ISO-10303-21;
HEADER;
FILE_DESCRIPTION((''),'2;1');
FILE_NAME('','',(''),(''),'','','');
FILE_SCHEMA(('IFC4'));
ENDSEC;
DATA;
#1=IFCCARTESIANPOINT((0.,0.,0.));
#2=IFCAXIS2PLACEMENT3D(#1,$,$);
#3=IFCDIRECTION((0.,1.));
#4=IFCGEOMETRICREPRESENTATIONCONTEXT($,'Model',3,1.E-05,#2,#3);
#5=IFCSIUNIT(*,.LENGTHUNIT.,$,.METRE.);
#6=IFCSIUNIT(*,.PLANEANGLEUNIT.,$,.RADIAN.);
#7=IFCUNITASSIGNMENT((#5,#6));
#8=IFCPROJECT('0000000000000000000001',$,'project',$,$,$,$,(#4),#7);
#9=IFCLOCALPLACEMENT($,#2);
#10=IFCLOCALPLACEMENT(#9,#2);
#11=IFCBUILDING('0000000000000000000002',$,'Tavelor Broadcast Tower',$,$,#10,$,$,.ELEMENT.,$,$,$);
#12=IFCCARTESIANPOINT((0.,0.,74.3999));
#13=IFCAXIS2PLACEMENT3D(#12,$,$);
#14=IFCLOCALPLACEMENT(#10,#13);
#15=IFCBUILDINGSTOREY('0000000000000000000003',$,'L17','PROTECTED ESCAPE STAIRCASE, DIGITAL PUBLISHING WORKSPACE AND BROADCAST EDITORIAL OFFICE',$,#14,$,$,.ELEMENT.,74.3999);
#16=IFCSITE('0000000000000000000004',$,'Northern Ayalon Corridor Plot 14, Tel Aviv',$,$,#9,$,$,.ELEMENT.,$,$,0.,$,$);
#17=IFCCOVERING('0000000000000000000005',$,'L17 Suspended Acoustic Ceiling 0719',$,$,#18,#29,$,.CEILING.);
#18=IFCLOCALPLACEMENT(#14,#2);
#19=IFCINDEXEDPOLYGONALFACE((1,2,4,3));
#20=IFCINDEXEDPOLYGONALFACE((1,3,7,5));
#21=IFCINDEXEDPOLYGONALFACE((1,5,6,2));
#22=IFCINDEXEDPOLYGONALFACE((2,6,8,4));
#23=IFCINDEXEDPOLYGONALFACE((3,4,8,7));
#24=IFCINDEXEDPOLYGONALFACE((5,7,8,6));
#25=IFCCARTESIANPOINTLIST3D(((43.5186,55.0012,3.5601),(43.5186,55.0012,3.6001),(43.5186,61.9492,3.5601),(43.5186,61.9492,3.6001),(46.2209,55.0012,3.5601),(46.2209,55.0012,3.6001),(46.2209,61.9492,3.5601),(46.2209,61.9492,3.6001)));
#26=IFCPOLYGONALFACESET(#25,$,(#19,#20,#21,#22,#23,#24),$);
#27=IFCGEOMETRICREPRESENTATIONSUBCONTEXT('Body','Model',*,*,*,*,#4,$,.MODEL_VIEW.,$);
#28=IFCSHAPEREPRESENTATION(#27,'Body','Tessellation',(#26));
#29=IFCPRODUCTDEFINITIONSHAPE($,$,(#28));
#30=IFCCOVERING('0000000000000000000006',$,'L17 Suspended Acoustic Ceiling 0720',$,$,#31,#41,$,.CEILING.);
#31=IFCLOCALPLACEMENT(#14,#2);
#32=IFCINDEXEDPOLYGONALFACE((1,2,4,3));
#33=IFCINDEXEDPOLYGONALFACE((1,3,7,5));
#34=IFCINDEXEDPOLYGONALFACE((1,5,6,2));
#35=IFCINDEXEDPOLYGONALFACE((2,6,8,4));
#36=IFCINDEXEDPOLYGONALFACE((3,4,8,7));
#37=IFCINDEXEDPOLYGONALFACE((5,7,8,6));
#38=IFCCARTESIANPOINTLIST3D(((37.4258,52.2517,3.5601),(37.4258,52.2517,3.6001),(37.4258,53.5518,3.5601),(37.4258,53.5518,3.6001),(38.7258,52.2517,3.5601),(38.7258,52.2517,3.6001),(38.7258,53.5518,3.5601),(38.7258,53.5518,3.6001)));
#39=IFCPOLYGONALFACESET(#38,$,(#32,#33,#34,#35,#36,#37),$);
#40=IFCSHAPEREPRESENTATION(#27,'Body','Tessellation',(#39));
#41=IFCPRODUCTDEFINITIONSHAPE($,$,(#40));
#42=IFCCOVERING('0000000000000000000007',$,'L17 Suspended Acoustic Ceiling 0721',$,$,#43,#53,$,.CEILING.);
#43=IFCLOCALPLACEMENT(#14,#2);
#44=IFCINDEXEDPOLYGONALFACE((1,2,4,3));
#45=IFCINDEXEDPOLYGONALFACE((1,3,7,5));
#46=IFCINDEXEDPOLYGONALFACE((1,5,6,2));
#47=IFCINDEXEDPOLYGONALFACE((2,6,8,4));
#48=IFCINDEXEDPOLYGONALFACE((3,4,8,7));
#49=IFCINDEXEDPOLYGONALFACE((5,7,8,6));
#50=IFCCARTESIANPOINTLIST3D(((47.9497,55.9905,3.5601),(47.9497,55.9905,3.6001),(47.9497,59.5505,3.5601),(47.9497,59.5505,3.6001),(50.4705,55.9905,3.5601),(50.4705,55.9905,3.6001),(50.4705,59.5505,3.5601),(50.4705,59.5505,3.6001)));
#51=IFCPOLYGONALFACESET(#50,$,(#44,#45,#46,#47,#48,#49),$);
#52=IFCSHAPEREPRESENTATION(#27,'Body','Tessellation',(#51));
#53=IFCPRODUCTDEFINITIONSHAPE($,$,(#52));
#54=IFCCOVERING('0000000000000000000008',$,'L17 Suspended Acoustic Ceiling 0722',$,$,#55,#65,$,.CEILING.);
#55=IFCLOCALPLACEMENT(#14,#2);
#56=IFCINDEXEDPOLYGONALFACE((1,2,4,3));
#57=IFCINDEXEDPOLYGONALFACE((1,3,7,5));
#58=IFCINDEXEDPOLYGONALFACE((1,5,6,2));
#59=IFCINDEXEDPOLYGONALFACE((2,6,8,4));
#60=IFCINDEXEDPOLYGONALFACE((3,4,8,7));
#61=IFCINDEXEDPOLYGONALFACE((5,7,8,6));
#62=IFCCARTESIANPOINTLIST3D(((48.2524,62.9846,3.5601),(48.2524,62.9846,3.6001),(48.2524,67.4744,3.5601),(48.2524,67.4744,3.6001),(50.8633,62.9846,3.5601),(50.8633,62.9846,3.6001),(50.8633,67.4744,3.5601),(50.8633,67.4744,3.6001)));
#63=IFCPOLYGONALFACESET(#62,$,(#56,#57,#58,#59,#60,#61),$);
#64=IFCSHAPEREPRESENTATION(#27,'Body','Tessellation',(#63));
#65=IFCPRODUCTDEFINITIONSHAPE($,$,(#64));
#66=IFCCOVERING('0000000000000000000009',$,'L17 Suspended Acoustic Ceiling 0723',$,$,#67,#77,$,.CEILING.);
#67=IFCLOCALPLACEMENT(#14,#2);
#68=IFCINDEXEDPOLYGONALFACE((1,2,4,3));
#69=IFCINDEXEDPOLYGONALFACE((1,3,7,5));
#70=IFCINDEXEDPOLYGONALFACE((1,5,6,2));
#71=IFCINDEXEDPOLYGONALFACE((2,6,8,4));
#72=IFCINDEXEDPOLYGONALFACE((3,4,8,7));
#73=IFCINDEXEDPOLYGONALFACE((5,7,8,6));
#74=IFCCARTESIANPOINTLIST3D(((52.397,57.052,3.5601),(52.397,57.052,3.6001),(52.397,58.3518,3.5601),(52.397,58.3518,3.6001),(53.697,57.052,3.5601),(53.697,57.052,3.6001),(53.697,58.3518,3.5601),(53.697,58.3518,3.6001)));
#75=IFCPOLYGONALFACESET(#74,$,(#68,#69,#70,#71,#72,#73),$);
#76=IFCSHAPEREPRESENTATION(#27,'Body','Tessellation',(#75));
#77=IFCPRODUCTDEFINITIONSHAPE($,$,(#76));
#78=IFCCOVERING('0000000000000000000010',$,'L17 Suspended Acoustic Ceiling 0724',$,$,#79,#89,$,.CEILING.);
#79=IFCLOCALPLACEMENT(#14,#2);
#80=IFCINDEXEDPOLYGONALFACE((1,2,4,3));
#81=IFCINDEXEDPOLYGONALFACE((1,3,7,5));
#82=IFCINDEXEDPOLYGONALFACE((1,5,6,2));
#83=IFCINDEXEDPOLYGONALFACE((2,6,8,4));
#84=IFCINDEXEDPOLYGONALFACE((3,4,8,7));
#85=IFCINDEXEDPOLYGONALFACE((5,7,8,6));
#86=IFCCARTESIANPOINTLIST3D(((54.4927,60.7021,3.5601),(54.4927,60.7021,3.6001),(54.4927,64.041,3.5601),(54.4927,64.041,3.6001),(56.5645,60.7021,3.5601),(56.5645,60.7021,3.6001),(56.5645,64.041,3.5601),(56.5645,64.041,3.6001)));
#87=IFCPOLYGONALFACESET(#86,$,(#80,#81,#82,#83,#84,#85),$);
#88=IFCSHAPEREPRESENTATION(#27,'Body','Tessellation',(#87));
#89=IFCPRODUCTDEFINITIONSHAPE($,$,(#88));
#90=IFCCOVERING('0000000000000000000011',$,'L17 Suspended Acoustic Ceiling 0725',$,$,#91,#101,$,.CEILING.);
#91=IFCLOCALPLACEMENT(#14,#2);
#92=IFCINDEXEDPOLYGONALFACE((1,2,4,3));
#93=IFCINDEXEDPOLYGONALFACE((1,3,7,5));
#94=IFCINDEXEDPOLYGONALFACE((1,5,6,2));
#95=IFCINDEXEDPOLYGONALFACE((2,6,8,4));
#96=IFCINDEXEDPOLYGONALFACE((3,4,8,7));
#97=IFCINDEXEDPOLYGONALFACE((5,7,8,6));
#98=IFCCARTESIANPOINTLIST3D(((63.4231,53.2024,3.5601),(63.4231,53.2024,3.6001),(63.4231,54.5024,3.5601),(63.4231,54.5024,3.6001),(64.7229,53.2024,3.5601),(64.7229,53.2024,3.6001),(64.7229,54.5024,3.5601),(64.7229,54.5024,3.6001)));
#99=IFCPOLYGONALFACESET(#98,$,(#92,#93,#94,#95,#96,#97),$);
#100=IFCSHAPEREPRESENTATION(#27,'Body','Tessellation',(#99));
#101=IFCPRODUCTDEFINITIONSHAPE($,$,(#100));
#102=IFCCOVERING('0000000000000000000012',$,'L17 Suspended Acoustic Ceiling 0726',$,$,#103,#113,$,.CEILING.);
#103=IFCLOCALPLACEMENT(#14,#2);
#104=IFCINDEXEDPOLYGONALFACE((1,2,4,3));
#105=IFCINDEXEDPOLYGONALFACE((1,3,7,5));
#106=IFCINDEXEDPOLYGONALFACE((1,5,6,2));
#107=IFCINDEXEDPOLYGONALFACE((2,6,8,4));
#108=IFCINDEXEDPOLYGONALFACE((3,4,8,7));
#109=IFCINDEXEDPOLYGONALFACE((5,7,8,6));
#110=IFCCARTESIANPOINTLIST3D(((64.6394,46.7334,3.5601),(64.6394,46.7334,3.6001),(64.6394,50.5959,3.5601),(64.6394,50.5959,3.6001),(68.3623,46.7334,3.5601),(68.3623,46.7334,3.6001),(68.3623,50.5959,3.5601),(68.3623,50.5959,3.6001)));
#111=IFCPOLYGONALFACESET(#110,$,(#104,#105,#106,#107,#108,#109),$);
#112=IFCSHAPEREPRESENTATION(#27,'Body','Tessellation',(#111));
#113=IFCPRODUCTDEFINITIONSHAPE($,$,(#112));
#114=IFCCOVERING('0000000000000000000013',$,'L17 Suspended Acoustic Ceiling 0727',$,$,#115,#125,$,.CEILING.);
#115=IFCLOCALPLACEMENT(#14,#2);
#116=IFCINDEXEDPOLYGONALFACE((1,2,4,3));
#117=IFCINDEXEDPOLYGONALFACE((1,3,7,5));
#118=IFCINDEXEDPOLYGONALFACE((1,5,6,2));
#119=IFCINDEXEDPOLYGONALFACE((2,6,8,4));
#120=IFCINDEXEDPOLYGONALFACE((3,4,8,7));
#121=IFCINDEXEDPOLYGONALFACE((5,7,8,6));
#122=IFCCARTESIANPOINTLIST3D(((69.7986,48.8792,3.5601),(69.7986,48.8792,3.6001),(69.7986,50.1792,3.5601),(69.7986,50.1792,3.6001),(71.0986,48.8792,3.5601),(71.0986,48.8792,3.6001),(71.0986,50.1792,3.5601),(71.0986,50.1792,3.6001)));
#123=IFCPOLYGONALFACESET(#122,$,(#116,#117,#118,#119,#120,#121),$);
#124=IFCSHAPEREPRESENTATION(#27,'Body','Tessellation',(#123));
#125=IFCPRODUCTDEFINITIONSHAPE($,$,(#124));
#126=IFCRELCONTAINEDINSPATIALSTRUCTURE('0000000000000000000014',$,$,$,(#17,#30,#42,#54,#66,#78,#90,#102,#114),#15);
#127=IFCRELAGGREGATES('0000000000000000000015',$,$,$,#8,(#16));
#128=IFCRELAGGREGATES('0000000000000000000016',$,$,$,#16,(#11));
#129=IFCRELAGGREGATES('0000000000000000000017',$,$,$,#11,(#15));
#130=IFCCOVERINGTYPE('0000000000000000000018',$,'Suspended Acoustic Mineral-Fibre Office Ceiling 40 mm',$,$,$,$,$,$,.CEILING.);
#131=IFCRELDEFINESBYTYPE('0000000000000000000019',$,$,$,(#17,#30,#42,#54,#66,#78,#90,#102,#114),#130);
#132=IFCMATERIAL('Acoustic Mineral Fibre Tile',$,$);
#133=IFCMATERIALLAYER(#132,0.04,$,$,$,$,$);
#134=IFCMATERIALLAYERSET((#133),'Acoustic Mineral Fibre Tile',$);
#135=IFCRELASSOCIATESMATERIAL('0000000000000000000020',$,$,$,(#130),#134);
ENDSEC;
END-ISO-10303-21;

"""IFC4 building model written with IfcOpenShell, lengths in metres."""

from ifc_helpers import new_model, si_unit, direction, frame, origin, place, context, subcontext, project, spatial, polyline, outline, extrude, material, layer, layer_set, type_object, element, save


model = new_model("IFC4")

# Units and contexts
model_context = context("Model", 3, precision=1e-05, world=origin(), true_north=direction((0.0, 1.0)))
body_context = subcontext(model_context, "Body", "Model", "MODEL_VIEW")
ifc_project = project(units=[si_unit("LENGTHUNIT", "METRE"), si_unit("PLANEANGLEUNIT", "RADIAN")], contexts=[model_context])

# Site, building, storey
site_placement = place(None, origin())
site = spatial("IfcSite", under=ifc_project, at=site_placement, Name="Northern Ayalon Corridor Plot 14, Tel Aviv", CompositionType="ELEMENT", RefElevation=0.0)
building_placement = place(site_placement, origin())
building = spatial("IfcBuilding", under=site, at=building_placement, Name="Tavelor Broadcast Tower", CompositionType="ELEMENT")
storey_placement = place(building_placement, frame((0.0, 0.0, 74.3999)))
storey = spatial("IfcBuildingStorey", under=building, at=storey_placement, Name="L17", Description="PROTECTED ESCAPE STAIRCASE, DIGITAL PUBLISHING WORKSPACE AND BROADCAST EDITORIAL OFFICE", CompositionType="ELEMENT", Elevation=74.3999)

# Coverings
ifc_material_1 = material(Name="Acoustic Mineral Fibre Tile")
ifc_layer_1 = layer(ifc_material_1, 0.04)
ifc_layer_set_1 = layer_set([ifc_layer_1], Name="Acoustic Mineral Fibre Tile")
covering_type_1 = type_object("IfcCoveringType", Name="Suspended Acoustic Mineral-Fibre Office Ceiling 40 mm", PredefinedType="CEILING", material=ifc_layer_set_1)
covering_1_placement = place(storey_placement, frame((0.0, 0.0, 3.5601)))
element("IfcCovering", 1, at=covering_1_placement, inside=storey, type_object=covering_type_1, Name="L17 Suspended Acoustic Ceiling 0719", PredefinedType="CEILING", context=body_context, shape_type="SweptSolid", body=[
    extrude(outline(polyline([(43.5186, 55.0012), (46.2209, 55.0012), (46.2209, 61.9492), (43.5186, 61.9492), (43.5186, 55.0012)])), origin(), (0.0, 0.0, 1.0), 0.04),
])
covering_2_placement = place(storey_placement, frame((0.0, 0.0, 3.5601)))
element("IfcCovering", 2, at=covering_2_placement, inside=storey, type_object=covering_type_1, Name="L17 Suspended Acoustic Ceiling 0720", PredefinedType="CEILING", context=body_context, shape_type="SweptSolid", body=[
    extrude(outline(polyline([(37.4258, 52.2517), (38.7258, 52.2517), (38.7258, 53.5518), (37.4258, 53.5518), (37.4258, 52.2517)])), origin(), (0.0, 0.0, 1.0), 0.04),
])
covering_3_placement = place(storey_placement, frame((0.0, 0.0, 3.5601)))
element("IfcCovering", 3, at=covering_3_placement, inside=storey, type_object=covering_type_1, Name="L17 Suspended Acoustic Ceiling 0721", PredefinedType="CEILING", context=body_context, shape_type="SweptSolid", body=[
    extrude(outline(polyline([(47.9497, 55.9905), (50.4705, 55.9905), (50.4705, 59.5505), (47.9497, 59.5505), (47.9497, 55.9905)])), origin(), (0.0, 0.0, 1.0), 0.04),
])
covering_4_placement = place(storey_placement, frame((0.0, 0.0, 3.5601)))
element("IfcCovering", 4, at=covering_4_placement, inside=storey, type_object=covering_type_1, Name="L17 Suspended Acoustic Ceiling 0722", PredefinedType="CEILING", context=body_context, shape_type="SweptSolid", body=[
    extrude(outline(polyline([(48.2524, 62.9846), (50.8633, 62.9846), (50.8633, 67.4744), (48.2524, 67.4744), (48.2524, 62.9846)])), origin(), (0.0, 0.0, 1.0), 0.04),
])
covering_5_placement = place(storey_placement, frame((0.0, 0.0, 3.5601)))
element("IfcCovering", 5, at=covering_5_placement, inside=storey, type_object=covering_type_1, Name="L17 Suspended Acoustic Ceiling 0723", PredefinedType="CEILING", context=body_context, shape_type="SweptSolid", body=[
    extrude(outline(polyline([(52.397, 57.052), (53.697, 57.052), (53.697, 58.3518), (52.397, 58.3518), (52.397, 57.052)])), origin(), (0.0, 0.0, 1.0), 0.04),
])
covering_6_placement = place(storey_placement, frame((0.0, 0.0, 3.5601)))
element("IfcCovering", 6, at=covering_6_placement, inside=storey, type_object=covering_type_1, Name="L17 Suspended Acoustic Ceiling 0724", PredefinedType="CEILING", context=body_context, shape_type="SweptSolid", body=[
    extrude(outline(polyline([(54.4927, 60.7021), (56.5645, 60.7021), (56.5645, 64.041), (54.4927, 64.041), (54.4927, 60.7021)])), origin(), (0.0, 0.0, 1.0), 0.04),
])
covering_7_placement = place(storey_placement, frame((0.0, 0.0, 3.5601)))
element("IfcCovering", 7, at=covering_7_placement, inside=storey, type_object=covering_type_1, Name="L17 Suspended Acoustic Ceiling 0725", PredefinedType="CEILING", context=body_context, shape_type="SweptSolid", body=[
    extrude(outline(polyline([(63.4231, 53.2024), (64.7229, 53.2024), (64.7229, 54.5024), (63.4231, 54.5024), (63.4231, 53.2024)])), origin(), (0.0, 0.0, 1.0), 0.04),
])
covering_8_placement = place(storey_placement, frame((0.0, 0.0, 3.5601)))
element("IfcCovering", 8, at=covering_8_placement, inside=storey, type_object=covering_type_1, Name="L17 Suspended Acoustic Ceiling 0726", PredefinedType="CEILING", context=body_context, shape_type="SweptSolid", body=[
    extrude(outline(polyline([(64.6394, 46.7334), (68.3623, 46.7334), (68.3623, 50.5959), (64.6394, 50.5959), (64.6394, 46.7334)])), origin(), (0.0, 0.0, 1.0), 0.04),
])
covering_9_placement = place(storey_placement, frame((0.0, 0.0, 3.5601)))
element("IfcCovering", 9, at=covering_9_placement, inside=storey, type_object=covering_type_1, Name="L17 Suspended Acoustic Ceiling 0727", PredefinedType="CEILING", context=body_context, shape_type="SweptSolid", body=[
    extrude(outline(polyline([(69.7986, 48.8792), (71.0986, 48.8792), (71.0986, 50.1792), (69.7986, 50.1792), (69.7986, 48.8792)])), origin(), (0.0, 0.0, 1.0), 0.04),
])

save(model, "model.ifc")
